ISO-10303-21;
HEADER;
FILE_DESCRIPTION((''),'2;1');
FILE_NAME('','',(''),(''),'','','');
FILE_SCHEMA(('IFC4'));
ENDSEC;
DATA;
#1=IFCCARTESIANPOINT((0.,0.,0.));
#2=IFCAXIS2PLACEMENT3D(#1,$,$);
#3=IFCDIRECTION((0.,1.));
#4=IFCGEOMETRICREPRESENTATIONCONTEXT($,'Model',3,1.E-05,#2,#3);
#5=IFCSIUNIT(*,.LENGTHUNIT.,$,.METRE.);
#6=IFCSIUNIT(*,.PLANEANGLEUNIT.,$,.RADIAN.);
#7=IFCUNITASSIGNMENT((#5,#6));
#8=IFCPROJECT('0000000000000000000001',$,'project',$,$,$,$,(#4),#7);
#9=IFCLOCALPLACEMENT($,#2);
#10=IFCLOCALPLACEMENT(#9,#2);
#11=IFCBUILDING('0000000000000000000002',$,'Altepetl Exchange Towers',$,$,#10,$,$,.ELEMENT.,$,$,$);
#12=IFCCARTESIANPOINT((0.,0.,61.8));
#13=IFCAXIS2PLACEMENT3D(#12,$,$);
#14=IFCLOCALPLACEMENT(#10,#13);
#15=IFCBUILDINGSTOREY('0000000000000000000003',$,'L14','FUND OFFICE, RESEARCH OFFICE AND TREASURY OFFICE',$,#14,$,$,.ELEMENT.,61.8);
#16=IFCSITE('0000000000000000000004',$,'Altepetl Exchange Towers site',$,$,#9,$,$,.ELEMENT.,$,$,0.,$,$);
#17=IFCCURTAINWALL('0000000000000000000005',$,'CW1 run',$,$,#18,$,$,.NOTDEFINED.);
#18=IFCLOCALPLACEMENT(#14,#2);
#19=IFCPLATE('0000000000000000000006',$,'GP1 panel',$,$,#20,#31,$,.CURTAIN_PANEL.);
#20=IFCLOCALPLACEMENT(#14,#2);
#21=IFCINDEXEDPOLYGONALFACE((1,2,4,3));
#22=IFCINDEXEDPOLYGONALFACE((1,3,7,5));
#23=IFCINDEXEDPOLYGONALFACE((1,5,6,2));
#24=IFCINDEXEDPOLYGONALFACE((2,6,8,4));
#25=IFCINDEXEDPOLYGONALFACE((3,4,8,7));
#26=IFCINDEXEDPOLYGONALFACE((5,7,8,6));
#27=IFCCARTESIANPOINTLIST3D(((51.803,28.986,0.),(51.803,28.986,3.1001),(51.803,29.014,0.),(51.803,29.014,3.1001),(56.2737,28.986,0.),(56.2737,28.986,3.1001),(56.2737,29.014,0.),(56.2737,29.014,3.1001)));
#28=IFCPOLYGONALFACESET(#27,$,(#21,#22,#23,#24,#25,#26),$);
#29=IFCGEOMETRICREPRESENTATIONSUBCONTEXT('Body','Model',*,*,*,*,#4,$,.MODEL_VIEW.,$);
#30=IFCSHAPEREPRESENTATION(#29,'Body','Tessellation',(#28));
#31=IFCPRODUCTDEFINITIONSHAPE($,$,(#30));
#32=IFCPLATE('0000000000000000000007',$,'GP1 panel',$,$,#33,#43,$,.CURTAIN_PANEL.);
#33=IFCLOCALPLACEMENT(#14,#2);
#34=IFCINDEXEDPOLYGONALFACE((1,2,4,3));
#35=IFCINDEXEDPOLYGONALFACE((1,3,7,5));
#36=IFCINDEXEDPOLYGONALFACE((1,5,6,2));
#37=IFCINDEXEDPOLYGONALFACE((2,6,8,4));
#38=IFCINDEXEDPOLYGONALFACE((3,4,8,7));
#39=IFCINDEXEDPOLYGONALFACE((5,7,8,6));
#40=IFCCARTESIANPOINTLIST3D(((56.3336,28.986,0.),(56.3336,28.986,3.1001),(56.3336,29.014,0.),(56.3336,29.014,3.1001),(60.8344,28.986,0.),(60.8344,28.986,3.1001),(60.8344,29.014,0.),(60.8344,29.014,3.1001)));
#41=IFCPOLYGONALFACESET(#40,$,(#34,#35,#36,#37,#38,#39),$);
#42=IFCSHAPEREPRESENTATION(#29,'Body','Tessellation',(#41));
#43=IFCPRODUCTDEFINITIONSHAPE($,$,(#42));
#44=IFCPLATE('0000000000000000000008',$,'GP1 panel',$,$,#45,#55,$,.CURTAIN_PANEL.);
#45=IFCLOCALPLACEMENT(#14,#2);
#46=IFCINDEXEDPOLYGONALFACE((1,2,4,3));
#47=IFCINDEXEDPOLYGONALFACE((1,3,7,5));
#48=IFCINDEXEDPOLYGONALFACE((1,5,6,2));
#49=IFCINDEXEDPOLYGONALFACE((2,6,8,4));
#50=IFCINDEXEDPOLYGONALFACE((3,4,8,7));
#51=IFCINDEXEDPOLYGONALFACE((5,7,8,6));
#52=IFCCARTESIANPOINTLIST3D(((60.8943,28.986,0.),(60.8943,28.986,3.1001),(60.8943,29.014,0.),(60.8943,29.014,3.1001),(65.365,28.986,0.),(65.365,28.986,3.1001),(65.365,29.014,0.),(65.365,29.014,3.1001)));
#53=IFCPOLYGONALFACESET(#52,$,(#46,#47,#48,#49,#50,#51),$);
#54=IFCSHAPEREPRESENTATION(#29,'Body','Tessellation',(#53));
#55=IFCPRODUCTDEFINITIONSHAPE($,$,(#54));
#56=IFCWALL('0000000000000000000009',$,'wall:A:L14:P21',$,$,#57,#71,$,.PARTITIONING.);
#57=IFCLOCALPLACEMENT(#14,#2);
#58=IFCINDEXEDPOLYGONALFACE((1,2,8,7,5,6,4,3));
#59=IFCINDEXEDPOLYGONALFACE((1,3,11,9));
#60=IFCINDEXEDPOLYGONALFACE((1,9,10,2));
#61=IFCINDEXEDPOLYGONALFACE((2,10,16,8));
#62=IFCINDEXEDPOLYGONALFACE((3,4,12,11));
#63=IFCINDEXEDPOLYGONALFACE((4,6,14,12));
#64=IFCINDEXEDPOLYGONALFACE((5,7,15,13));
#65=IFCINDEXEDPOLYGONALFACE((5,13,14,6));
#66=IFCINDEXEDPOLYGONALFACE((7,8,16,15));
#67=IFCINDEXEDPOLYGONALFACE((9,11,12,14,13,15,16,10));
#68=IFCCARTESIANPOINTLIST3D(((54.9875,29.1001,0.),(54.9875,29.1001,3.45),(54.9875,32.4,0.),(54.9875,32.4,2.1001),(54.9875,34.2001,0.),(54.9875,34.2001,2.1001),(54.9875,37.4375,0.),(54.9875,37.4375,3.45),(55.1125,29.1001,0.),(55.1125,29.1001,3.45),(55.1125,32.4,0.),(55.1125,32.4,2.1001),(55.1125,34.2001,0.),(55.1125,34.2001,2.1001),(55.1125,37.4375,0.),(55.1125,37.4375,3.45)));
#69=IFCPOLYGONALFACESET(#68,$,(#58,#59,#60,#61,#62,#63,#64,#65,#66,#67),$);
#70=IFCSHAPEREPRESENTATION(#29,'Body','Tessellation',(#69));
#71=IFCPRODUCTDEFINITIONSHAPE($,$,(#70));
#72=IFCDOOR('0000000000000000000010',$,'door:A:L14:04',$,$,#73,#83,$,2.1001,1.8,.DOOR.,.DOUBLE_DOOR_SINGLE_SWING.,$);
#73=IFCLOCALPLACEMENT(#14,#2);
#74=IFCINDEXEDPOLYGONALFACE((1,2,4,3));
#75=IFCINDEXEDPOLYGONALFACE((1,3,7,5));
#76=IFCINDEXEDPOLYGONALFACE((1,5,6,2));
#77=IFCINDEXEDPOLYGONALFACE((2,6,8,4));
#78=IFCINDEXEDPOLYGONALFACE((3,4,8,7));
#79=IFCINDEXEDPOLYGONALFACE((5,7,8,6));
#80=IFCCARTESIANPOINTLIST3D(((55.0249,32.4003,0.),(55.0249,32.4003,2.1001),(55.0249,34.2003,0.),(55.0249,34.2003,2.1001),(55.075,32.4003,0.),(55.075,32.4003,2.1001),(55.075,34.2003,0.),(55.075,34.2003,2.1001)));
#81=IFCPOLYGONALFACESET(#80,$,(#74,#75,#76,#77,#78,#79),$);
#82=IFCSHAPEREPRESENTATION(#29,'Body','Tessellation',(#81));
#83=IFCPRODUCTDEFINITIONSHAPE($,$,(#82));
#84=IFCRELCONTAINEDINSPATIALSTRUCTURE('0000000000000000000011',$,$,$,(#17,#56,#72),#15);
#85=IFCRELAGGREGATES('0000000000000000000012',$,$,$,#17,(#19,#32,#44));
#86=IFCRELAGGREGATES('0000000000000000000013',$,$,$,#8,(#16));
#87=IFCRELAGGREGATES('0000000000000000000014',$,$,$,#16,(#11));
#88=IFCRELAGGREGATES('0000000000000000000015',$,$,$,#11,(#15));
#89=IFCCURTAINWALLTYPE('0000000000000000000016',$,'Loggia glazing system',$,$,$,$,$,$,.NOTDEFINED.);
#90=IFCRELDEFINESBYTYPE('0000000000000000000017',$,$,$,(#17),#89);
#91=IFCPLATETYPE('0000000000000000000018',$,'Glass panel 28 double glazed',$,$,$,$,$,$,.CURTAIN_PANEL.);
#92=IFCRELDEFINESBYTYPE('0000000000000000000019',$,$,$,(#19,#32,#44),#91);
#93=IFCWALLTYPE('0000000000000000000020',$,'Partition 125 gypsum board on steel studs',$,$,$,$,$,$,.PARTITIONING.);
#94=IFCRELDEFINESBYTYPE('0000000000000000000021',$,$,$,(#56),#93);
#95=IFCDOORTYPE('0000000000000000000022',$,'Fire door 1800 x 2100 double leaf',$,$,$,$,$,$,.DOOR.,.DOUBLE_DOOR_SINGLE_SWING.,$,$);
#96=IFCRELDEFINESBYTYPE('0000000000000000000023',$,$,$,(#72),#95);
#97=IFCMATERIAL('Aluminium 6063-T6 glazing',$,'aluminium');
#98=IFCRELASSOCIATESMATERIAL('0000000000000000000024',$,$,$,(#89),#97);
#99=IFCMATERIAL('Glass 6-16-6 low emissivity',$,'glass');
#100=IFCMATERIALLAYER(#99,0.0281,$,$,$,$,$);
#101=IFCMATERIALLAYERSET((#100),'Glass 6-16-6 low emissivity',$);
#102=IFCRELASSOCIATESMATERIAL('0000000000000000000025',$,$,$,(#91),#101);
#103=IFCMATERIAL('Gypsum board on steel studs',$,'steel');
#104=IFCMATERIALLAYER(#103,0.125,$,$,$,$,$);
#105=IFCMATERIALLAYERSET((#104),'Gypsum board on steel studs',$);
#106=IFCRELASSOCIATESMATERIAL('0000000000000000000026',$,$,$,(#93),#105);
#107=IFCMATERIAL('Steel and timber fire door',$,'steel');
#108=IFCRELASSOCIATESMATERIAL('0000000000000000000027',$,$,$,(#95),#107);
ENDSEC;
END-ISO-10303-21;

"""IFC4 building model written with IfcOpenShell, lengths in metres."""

from ifc_helpers import new_model, si_unit, direction, frame, frame_2d, origin, origin_2d, place, context, subcontext, project, spatial, rectangle, extrude, material, layer, layer_set, type_object, element, fill, aggregate, save


model = new_model("IFC4")

# Units and contexts
model_context = context("Model", 3, precision=1e-05, world=origin(), true_north=direction((0.0, 1.0)))
body_context = subcontext(model_context, "Body", "Model", "MODEL_VIEW")
ifc_project = project(units=[si_unit("LENGTHUNIT", "METRE"), si_unit("PLANEANGLEUNIT", "RADIAN")], contexts=[model_context])

# Site, building, storey
site_placement = place(None, origin())
site = spatial("IfcSite", under=ifc_project, at=site_placement, Name="Altepetl Exchange Towers site", CompositionType="ELEMENT", RefElevation=0.0)
building_placement = place(site_placement, origin())
building = spatial("IfcBuilding", under=site, at=building_placement, Name="Altepetl Exchange Towers", CompositionType="ELEMENT")
storey_placement = place(building_placement, frame((0.0, 0.0, 61.8)))
storey = spatial("IfcBuildingStorey", under=building, at=storey_placement, Name="L14", Description="FUND OFFICE, RESEARCH OFFICE AND TREASURY OFFICE", CompositionType="ELEMENT", Elevation=61.8)

# Curtain wall
ifc_material_1 = material(Name="Aluminium 6063-T6 glazing", Category="aluminium")
curtain_wall_type = type_object("IfcCurtainWallType", Name="Loggia glazing system", PredefinedType="NOTDEFINED", material=ifc_material_1)
curtain_wall_1_placement = place(storey_placement, origin())
curtain_wall_1 = element("IfcCurtainWall", 1, at=curtain_wall_1_placement, inside=storey, type_object=curtain_wall_type, Name="CW1 run", PredefinedType="NOTDEFINED")

# Plates
ifc_material_2 = material(Name="Glass 6-16-6 low emissivity", Category="glass")
ifc_layer_1 = layer(ifc_material_2, 0.0281)
ifc_layer_set_1 = layer_set([ifc_layer_1], Name="Glass 6-16-6 low emissivity")
plate_type = type_object("IfcPlateType", Name="Glass panel 28 double glazed", PredefinedType="CURTAIN_PANEL", material=ifc_layer_set_1)
plate_1_placement = place(storey_placement, frame((54.0383, 29.0, 0.0)))
plate_1 = element("IfcPlate", 2, at=plate_1_placement, type_object=plate_type, Name="GP1 panel", PredefinedType="CURTAIN_PANEL", context=body_context, shape_type="SweptSolid", body=[
    extrude(rectangle(XDim=4.4707, YDim=0.0281, at=origin_2d()), origin(), (0.0, 0.0, 1.0), 3.1001),
])
plate_2_placement = place(storey_placement, frame((58.584, 29.0, 0.0)))
plate_2 = element("IfcPlate", 3, at=plate_2_placement, type_object=plate_type, Name="GP1 panel", PredefinedType="CURTAIN_PANEL", context=body_context, shape_type="SweptSolid", body=[
    extrude(rectangle(XDim=4.5007, YDim=0.0281, at=origin_2d()), origin(), (0.0, 0.0, 1.0), 3.1001),
])
plate_3_placement = place(storey_placement, frame((63.1296, 29.0, 0.0)))
plate_3 = element("IfcPlate", 4, at=plate_3_placement, type_object=plate_type, Name="GP1 panel", PredefinedType="CURTAIN_PANEL", context=body_context, shape_type="SweptSolid", body=[
    extrude(rectangle(XDim=4.4707, YDim=0.0281, at=origin_2d()), origin(), (0.0, 0.0, 1.0), 3.1001),
])
aggregate(curtain_wall_1, [plate_1, plate_2, plate_3])

# Wall, opening, door
ifc_material_3 = material(Name="Gypsum board on steel studs", Category="steel")
ifc_layer_2 = layer(ifc_material_3, 0.125)
ifc_layer_set_2 = layer_set([ifc_layer_2], Name="Gypsum board on steel studs")
wall_type = type_object("IfcWallType", Name="Partition 125 gypsum board on steel studs", PredefinedType="PARTITIONING", material=ifc_layer_set_2)
wall_placement = place(storey_placement, frame((55.05, 29.1001, 0.0), z_axis=(0.0, 0.0, 1.0), x_axis=(0.0, 1.0, 0.0)))
wall = element("IfcWall", 5, at=wall_placement, inside=storey, type_object=wall_type, Name="wall:A:L14:P21", PredefinedType="PARTITIONING", context=body_context, shape_type="SweptSolid", body=[
    extrude(rectangle(XDim=8.3374, YDim=0.125, at=frame_2d((4.1687, 0.0))), origin(), (0.0, 0.0, 1.0), 3.45),
])
opening_placement = place(wall_placement, frame((3.3, 0.0, 0.0)))
opening = element("IfcOpeningElement", 6, at=opening_placement, cuts=wall, PredefinedType="OPENING", context=body_context, shape_type="SweptSolid", body=[
    extrude(rectangle(XDim=1.8, YDim=2.1001, at=frame_2d((0.8999, 1.05))), frame((0.0, 0.0725, 0.0), z_axis=(0.0, -1.0, 0.0), x_axis=(1.0, 0.0, 0.0)), (0.0, 0.0, 1.0), 0.145),
])
ifc_material_4 = material(Name="Steel and timber fire door", Category="steel")
door_type = type_object("IfcDoorType", Name="Fire door 1800 x 2100 double leaf", OperationType="DOUBLE_DOOR_SINGLE_SWING", PredefinedType="DOOR", material=ifc_material_4)
door_placement = place(opening_placement, frame((1.8, 0.0, 0.0), x_axis=(-1.0, 0.0, 0.0)))
door = element("IfcDoor", 7, at=door_placement, inside=storey, type_object=door_type, Name="door:A:L14:04", OperationType="DOUBLE_DOOR_SINGLE_SWING", OverallHeight=2.1001, OverallWidth=1.8, PredefinedType="DOOR", context=body_context, shape_type="SweptSolid", body=[
    extrude(rectangle(XDim=1.8, YDim=2.1001, at=frame_2d((0.8999, 1.05))), frame((0.0, 0.0249, 0.0), z_axis=(0.0, -1.0, 0.0), x_axis=(1.0, 0.0, 0.0)), (0.0, 0.0, 1.0), 0.05),
])
fill(opening, door)

save(model, "model.ifc")
